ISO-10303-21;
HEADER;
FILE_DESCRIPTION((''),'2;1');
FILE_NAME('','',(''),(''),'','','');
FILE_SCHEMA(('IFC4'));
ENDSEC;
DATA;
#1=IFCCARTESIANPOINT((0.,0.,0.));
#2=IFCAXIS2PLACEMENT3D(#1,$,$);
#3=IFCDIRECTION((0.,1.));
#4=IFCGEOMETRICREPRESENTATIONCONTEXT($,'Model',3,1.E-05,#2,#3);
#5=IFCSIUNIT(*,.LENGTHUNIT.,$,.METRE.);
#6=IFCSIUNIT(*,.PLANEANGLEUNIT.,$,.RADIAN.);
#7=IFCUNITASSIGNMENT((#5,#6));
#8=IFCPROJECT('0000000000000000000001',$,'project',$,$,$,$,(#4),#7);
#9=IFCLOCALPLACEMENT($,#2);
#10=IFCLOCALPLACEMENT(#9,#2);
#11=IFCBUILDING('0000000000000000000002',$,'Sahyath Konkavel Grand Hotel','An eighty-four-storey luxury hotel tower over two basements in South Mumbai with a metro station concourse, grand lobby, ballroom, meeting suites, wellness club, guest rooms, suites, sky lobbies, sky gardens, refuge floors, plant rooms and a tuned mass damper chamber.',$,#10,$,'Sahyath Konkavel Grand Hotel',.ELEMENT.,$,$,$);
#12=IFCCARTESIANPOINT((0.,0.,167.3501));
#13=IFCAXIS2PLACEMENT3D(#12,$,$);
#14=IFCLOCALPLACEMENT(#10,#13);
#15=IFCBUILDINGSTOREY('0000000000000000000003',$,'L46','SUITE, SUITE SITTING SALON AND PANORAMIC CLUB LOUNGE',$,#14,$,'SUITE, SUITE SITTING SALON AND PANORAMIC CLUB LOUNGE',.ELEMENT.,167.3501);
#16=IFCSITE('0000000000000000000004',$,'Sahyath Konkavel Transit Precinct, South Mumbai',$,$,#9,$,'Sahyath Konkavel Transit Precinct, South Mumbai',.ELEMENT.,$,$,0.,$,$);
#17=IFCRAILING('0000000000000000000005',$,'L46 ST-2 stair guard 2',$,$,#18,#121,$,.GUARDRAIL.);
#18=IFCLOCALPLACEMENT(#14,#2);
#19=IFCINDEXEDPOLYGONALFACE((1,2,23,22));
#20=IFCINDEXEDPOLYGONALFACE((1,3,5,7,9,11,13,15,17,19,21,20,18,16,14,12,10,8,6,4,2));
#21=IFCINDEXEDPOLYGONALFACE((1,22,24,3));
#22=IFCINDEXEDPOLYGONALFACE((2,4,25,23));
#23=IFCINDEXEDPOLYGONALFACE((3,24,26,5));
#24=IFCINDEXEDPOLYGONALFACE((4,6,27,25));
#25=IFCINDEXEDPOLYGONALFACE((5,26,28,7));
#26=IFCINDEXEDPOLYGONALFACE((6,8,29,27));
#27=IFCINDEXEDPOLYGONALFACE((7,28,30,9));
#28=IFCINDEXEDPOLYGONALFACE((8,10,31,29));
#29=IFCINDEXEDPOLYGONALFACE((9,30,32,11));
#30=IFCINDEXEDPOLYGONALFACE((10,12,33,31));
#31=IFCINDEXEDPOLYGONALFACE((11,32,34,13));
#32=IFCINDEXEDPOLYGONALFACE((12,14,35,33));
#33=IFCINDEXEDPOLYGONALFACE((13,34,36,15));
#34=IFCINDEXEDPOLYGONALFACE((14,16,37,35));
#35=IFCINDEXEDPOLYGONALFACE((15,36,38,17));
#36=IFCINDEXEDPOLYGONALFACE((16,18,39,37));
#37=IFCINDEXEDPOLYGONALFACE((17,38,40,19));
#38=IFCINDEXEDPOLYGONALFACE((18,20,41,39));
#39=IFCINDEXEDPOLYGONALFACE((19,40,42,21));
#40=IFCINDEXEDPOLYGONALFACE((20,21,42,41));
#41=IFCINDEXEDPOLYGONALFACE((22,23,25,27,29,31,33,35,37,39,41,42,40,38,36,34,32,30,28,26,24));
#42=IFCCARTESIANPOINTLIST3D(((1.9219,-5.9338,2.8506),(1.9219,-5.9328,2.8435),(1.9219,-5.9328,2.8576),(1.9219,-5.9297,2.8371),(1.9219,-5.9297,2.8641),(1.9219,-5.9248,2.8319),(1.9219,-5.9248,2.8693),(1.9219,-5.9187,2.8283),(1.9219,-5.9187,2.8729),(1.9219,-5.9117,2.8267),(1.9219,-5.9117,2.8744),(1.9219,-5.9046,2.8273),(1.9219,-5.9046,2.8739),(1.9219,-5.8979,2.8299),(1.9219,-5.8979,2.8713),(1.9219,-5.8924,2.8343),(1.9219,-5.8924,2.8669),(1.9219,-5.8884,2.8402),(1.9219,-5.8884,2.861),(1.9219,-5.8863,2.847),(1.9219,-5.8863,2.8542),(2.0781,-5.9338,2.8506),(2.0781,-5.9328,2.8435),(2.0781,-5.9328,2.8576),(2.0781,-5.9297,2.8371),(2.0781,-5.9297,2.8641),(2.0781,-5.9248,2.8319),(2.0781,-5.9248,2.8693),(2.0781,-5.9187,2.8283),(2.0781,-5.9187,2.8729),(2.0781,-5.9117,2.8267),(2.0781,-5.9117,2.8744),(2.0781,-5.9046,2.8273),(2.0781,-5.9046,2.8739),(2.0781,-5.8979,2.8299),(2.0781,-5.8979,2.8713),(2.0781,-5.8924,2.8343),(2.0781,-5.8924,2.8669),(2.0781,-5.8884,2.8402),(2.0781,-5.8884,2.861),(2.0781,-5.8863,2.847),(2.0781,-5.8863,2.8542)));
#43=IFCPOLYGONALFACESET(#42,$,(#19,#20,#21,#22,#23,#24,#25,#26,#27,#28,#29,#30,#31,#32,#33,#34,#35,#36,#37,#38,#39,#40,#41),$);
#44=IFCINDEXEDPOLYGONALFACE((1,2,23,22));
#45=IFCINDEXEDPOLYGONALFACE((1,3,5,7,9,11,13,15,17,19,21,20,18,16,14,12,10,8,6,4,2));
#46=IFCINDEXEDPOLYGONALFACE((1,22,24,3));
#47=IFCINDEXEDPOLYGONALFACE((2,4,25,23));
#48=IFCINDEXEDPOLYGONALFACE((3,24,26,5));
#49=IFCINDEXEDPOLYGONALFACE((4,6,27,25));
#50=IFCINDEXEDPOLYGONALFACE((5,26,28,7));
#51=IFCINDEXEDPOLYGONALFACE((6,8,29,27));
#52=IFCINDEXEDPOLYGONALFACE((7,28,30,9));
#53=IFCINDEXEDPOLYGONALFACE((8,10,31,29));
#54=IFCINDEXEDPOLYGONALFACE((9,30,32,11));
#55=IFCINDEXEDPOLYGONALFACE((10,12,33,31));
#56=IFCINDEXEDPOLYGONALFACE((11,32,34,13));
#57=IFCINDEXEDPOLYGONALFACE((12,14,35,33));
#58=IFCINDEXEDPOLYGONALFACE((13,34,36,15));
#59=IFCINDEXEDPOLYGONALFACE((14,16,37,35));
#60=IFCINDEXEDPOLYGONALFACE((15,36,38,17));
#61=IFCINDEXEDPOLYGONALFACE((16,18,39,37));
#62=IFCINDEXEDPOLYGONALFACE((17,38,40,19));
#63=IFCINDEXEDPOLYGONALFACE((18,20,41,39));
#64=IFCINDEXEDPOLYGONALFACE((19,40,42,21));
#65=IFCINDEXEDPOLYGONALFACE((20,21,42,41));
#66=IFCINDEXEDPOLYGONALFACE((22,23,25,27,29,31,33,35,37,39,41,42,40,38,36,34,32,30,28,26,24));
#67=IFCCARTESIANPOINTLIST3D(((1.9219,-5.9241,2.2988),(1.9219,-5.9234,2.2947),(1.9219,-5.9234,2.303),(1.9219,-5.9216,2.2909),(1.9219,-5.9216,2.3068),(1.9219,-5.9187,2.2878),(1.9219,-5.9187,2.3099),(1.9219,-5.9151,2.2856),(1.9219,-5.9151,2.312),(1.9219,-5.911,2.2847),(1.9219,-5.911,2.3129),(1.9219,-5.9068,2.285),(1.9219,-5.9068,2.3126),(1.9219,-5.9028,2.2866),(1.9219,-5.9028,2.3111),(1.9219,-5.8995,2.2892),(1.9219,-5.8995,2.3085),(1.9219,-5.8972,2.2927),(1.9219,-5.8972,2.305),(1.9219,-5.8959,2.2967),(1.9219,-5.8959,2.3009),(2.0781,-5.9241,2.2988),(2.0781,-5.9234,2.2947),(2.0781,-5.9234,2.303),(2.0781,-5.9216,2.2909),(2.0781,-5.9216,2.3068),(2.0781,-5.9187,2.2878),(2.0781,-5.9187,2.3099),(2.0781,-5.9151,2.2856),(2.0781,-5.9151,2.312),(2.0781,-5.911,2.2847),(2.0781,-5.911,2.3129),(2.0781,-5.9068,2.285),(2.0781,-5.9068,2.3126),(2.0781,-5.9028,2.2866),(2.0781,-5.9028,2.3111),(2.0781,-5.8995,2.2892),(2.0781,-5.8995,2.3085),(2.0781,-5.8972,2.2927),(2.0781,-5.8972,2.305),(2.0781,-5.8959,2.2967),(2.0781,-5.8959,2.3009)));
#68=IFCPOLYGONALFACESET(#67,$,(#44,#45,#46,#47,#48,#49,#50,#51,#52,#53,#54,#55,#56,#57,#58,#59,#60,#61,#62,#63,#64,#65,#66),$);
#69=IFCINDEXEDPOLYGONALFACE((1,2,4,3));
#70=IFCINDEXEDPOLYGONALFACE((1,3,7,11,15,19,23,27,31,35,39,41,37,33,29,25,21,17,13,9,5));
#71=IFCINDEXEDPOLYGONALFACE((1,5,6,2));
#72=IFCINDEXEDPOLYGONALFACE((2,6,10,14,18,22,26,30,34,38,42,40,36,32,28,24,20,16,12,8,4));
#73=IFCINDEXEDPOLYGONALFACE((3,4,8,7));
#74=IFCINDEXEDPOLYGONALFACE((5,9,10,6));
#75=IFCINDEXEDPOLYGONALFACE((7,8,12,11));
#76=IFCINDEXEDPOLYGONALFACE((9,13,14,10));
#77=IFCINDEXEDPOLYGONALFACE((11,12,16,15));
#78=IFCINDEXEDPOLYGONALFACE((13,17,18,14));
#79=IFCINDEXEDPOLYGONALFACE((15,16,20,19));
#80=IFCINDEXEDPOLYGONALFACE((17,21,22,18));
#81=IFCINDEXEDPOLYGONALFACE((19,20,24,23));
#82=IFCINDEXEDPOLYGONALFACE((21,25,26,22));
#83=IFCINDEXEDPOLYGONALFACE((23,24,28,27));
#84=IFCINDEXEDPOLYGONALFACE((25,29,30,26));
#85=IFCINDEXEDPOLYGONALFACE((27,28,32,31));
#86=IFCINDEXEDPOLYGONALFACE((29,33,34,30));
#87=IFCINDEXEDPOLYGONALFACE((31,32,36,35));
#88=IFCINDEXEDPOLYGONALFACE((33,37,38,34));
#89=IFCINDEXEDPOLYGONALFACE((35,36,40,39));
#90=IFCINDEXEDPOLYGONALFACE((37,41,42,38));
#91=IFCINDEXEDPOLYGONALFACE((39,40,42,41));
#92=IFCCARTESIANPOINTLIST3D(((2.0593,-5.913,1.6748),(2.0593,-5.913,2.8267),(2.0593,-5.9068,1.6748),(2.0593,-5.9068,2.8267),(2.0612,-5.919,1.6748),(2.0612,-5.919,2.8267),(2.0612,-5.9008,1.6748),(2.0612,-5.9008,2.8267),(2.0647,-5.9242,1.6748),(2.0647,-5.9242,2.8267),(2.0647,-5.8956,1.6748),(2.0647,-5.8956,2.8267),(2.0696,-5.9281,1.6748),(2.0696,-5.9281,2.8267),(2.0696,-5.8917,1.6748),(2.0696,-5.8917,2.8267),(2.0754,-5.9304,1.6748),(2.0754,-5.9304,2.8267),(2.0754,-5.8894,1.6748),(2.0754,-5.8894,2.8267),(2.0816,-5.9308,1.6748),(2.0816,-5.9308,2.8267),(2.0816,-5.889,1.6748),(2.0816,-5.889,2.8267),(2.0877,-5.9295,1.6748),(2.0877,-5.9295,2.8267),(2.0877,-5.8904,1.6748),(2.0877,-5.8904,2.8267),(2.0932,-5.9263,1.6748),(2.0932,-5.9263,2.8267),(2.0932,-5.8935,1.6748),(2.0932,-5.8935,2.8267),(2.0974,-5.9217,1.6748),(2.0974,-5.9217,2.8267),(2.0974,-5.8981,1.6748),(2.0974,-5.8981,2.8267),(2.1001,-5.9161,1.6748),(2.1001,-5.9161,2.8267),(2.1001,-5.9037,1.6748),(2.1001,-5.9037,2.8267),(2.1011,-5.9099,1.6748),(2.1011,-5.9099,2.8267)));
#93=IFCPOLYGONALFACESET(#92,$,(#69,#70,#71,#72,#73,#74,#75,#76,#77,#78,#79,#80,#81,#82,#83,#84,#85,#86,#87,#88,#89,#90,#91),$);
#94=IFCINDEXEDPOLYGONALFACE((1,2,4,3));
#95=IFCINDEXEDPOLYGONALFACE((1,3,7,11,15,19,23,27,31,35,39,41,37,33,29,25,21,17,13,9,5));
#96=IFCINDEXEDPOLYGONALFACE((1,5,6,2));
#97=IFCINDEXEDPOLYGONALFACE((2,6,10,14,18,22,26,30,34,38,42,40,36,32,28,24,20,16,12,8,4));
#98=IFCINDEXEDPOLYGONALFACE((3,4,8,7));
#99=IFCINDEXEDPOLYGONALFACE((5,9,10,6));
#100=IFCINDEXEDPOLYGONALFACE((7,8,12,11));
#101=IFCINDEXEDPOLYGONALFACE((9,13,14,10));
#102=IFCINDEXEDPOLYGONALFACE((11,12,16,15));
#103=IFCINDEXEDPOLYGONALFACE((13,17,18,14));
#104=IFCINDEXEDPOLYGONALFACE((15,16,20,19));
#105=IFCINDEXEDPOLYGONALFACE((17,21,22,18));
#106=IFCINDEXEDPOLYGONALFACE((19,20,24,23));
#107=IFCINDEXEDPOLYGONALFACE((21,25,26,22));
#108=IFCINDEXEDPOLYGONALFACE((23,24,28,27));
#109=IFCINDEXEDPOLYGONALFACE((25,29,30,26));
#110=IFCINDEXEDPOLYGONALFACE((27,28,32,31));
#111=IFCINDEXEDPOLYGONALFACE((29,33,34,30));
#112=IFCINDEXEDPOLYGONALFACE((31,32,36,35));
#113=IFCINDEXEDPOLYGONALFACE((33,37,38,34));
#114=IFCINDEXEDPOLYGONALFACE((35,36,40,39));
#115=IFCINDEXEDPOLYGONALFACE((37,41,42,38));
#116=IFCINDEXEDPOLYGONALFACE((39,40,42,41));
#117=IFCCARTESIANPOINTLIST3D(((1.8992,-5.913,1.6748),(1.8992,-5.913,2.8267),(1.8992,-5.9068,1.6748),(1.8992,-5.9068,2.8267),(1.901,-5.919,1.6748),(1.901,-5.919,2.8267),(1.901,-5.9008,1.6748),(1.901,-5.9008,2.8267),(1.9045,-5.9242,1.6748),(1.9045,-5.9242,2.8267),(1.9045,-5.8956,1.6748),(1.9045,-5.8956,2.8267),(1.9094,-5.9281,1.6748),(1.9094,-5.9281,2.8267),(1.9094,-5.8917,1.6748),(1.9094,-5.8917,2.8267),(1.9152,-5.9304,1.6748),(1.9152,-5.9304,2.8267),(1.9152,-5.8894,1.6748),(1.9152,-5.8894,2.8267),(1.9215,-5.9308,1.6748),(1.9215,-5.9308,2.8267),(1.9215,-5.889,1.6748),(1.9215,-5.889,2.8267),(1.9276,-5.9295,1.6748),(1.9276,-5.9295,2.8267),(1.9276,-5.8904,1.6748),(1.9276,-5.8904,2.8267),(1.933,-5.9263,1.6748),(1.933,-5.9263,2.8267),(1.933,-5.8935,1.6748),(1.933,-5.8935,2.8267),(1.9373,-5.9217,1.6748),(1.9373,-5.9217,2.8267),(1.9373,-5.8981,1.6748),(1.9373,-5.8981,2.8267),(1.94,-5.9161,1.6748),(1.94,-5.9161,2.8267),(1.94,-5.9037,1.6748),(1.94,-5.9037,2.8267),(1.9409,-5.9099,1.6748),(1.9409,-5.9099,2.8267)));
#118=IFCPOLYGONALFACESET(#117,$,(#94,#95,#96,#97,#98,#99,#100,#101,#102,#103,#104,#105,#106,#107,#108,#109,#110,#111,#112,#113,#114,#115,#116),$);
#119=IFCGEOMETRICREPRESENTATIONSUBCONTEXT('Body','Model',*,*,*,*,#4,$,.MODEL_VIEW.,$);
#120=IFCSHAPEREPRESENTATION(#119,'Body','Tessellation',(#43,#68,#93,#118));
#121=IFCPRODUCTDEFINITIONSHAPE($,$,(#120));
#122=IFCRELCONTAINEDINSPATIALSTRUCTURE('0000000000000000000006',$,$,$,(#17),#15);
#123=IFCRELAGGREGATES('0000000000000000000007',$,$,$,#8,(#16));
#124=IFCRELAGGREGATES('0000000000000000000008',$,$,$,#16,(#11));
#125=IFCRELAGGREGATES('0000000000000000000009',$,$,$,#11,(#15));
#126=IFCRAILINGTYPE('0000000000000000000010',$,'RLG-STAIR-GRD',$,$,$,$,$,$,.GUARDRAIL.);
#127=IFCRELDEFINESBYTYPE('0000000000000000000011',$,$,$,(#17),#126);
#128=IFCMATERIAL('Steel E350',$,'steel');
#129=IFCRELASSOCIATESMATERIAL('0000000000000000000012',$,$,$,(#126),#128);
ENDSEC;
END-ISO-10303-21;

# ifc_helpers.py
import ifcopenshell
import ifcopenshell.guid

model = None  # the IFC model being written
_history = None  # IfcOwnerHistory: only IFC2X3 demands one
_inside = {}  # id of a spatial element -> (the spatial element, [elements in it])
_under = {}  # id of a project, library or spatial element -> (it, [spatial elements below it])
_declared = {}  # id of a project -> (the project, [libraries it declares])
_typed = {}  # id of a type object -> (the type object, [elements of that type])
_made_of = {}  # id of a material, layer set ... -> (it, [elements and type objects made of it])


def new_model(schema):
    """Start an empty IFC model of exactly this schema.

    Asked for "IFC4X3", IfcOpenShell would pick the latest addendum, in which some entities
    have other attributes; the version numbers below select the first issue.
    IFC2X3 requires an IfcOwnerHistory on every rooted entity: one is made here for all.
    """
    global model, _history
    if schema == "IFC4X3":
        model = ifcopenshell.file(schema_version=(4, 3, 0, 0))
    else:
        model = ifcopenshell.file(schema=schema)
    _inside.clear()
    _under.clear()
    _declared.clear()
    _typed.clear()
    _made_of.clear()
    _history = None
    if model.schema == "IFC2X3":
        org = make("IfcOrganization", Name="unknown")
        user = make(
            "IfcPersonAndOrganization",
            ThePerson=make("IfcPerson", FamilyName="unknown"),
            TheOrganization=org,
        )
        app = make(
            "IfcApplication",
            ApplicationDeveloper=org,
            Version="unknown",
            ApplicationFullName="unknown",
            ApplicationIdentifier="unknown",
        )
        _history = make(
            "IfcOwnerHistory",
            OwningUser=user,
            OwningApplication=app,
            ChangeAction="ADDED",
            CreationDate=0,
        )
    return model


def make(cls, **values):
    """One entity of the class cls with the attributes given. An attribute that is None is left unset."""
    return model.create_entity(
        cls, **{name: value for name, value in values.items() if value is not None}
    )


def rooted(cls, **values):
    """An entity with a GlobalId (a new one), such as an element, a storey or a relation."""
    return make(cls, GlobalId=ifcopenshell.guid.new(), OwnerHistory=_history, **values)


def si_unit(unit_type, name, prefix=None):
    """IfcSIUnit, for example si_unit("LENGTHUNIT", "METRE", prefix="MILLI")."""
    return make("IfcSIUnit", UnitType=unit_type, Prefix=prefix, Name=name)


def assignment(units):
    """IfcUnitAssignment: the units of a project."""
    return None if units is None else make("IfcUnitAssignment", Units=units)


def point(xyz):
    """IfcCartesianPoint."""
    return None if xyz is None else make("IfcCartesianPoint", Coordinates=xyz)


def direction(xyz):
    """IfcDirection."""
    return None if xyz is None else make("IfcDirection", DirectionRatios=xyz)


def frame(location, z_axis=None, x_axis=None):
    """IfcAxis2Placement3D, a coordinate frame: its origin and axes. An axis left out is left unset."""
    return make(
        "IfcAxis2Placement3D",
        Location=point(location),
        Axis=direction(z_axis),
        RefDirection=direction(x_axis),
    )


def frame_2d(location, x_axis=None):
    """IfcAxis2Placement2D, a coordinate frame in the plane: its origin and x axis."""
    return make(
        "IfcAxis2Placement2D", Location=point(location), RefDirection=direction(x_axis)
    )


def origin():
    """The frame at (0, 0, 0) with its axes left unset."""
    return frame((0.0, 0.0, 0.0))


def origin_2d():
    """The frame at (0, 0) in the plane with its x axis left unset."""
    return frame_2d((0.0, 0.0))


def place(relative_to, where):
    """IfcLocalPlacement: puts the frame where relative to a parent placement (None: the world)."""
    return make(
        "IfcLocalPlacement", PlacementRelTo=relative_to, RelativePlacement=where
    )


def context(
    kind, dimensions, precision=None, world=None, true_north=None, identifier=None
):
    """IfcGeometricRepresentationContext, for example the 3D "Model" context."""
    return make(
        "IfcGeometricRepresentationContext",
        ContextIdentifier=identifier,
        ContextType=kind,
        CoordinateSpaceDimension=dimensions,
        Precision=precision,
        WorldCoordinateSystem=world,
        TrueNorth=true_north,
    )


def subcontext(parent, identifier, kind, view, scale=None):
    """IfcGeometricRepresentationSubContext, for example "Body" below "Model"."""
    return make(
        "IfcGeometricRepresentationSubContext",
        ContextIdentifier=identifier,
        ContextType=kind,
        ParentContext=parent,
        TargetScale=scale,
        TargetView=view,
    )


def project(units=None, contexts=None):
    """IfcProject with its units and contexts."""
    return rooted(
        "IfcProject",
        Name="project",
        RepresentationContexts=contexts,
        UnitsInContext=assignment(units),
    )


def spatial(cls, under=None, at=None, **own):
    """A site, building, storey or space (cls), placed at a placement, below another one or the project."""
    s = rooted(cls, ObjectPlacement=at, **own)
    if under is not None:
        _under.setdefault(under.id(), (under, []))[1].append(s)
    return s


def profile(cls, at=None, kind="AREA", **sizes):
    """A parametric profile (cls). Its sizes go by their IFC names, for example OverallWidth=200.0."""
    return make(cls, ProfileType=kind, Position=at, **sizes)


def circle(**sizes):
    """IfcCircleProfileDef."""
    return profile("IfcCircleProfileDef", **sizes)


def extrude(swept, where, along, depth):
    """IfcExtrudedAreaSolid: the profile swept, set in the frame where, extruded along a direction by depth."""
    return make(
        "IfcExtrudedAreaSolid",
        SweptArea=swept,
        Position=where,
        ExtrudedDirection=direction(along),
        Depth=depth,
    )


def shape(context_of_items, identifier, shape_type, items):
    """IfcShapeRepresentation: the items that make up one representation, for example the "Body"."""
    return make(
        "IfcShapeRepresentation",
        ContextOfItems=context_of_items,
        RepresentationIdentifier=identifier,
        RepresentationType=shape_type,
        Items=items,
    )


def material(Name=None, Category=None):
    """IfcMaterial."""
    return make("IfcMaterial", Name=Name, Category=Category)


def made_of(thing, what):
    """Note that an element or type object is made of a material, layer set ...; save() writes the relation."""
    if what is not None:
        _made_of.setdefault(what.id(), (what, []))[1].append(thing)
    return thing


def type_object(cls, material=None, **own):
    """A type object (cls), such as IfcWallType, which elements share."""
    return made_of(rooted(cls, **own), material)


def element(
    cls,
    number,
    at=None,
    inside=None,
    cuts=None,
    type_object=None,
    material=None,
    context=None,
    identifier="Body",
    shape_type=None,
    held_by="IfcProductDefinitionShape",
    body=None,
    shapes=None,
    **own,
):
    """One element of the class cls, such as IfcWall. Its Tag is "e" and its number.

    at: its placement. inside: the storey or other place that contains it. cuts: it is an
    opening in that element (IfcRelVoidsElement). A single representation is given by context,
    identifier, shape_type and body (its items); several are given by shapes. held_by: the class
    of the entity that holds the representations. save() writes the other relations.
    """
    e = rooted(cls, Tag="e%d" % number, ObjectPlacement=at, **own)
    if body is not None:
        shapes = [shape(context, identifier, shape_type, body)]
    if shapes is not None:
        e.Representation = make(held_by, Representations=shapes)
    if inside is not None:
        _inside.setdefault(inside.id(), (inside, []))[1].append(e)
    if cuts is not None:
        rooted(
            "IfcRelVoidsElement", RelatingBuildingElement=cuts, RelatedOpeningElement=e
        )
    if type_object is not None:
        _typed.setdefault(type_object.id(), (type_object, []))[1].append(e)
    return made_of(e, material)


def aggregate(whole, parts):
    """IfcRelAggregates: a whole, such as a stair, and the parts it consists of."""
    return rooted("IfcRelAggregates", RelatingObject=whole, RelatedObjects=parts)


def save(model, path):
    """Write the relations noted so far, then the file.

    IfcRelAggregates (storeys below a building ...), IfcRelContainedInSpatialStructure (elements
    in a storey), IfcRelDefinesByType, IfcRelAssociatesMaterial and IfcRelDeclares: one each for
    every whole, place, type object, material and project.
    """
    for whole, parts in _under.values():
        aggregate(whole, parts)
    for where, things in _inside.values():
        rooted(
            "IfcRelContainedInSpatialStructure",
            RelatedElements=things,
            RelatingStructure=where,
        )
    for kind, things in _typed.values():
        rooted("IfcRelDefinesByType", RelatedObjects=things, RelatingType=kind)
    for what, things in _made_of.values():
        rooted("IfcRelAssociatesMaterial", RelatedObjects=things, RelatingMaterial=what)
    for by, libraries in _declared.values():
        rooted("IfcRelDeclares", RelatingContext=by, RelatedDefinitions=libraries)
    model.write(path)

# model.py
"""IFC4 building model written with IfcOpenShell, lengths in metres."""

from ifc_helpers import new_model, si_unit, direction, frame, origin, origin_2d, place, context, subcontext, project, spatial, circle, extrude, material, type_object, element, save


model = new_model("IFC4")

# Units and contexts
model_context = context("Model", 3, precision=1e-05, world=origin(), true_north=direction((0.0, 1.0)))
body_context = subcontext(model_context, "Body", "Model", "MODEL_VIEW")
ifc_project = project(units=[si_unit("LENGTHUNIT", "METRE"), si_unit("PLANEANGLEUNIT", "RADIAN")], contexts=[model_context])

# Site, building, storey
site_placement = place(None, origin())
site = spatial("IfcSite", under=ifc_project, at=site_placement, Name="Sahyath Konkavel Transit Precinct, South Mumbai", LongName="Sahyath Konkavel Transit Precinct, South Mumbai", CompositionType="ELEMENT", RefElevation=0.0)
building_placement = place(site_placement, origin())
building = spatial("IfcBuilding", under=site, at=building_placement, Name="Sahyath Konkavel Grand Hotel", Description="An eighty-four-storey luxury hotel tower over two basements in South Mumbai with a metro station concourse, grand lobby, ballroom, meeting suites, wellness club, guest rooms, suites, sky lobbies, sky gardens, refuge floors, plant rooms and a tuned mass damper chamber.", LongName="Sahyath Konkavel Grand Hotel", CompositionType="ELEMENT")
storey_placement = place(building_placement, frame((0.0, 0.0, 167.3501)))
storey = spatial("IfcBuildingStorey", under=building, at=storey_placement, Name="L46", Description="SUITE, SUITE SITTING SALON AND PANORAMIC CLUB LOUNGE", LongName="SUITE, SUITE SITTING SALON AND PANORAMIC CLUB LOUNGE", CompositionType="ELEMENT", Elevation=167.3501)

# Shared definitions
ifc_material_1 = material(Name="Steel E350", Category="steel")

# Railing
railing_type_1 = type_object("IfcRailingType", Name="RLG-STAIR-GRD", PredefinedType="GUARDRAIL", material=ifc_material_1)
railing_1_placement = place(storey_placement, frame((2.0801, -5.9099, 1.6748)))
element("IfcRailing", 1, at=railing_1_placement, inside=storey, type_object=railing_type_1, Name="L46 ST-2 stair guard 2", PredefinedType="GUARDRAIL", context=body_context, shape_type="SweptSolid", body=[
    extrude(circle(Radius=0.0239, at=origin_2d()), frame((-0.002, 0.0, 1.1758), z_axis=(-1.0, 0.0, 0.0), x_axis=(0.0, -1.0, 0.0)), (0.0, 0.0, 1.0), 0.1562),
    extrude(circle(Radius=0.0142, at=origin_2d()), frame((-0.002, 0.0, 0.624), z_axis=(-1.0, 0.0, 0.0), x_axis=(0.0, -1.0, 0.0)), (0.0, 0.0, 1.0), 0.1562),
    extrude(circle(Radius=0.021, at=origin_2d()), origin(), (0.0, 0.0, 1.0), 1.1519),
    extrude(circle(Radius=0.021, at=origin_2d()), frame((-0.1602, 0.0, 0.0)), (0.0, 0.0, 1.0), 1.1519),
])

save(model, "model.ifc")
